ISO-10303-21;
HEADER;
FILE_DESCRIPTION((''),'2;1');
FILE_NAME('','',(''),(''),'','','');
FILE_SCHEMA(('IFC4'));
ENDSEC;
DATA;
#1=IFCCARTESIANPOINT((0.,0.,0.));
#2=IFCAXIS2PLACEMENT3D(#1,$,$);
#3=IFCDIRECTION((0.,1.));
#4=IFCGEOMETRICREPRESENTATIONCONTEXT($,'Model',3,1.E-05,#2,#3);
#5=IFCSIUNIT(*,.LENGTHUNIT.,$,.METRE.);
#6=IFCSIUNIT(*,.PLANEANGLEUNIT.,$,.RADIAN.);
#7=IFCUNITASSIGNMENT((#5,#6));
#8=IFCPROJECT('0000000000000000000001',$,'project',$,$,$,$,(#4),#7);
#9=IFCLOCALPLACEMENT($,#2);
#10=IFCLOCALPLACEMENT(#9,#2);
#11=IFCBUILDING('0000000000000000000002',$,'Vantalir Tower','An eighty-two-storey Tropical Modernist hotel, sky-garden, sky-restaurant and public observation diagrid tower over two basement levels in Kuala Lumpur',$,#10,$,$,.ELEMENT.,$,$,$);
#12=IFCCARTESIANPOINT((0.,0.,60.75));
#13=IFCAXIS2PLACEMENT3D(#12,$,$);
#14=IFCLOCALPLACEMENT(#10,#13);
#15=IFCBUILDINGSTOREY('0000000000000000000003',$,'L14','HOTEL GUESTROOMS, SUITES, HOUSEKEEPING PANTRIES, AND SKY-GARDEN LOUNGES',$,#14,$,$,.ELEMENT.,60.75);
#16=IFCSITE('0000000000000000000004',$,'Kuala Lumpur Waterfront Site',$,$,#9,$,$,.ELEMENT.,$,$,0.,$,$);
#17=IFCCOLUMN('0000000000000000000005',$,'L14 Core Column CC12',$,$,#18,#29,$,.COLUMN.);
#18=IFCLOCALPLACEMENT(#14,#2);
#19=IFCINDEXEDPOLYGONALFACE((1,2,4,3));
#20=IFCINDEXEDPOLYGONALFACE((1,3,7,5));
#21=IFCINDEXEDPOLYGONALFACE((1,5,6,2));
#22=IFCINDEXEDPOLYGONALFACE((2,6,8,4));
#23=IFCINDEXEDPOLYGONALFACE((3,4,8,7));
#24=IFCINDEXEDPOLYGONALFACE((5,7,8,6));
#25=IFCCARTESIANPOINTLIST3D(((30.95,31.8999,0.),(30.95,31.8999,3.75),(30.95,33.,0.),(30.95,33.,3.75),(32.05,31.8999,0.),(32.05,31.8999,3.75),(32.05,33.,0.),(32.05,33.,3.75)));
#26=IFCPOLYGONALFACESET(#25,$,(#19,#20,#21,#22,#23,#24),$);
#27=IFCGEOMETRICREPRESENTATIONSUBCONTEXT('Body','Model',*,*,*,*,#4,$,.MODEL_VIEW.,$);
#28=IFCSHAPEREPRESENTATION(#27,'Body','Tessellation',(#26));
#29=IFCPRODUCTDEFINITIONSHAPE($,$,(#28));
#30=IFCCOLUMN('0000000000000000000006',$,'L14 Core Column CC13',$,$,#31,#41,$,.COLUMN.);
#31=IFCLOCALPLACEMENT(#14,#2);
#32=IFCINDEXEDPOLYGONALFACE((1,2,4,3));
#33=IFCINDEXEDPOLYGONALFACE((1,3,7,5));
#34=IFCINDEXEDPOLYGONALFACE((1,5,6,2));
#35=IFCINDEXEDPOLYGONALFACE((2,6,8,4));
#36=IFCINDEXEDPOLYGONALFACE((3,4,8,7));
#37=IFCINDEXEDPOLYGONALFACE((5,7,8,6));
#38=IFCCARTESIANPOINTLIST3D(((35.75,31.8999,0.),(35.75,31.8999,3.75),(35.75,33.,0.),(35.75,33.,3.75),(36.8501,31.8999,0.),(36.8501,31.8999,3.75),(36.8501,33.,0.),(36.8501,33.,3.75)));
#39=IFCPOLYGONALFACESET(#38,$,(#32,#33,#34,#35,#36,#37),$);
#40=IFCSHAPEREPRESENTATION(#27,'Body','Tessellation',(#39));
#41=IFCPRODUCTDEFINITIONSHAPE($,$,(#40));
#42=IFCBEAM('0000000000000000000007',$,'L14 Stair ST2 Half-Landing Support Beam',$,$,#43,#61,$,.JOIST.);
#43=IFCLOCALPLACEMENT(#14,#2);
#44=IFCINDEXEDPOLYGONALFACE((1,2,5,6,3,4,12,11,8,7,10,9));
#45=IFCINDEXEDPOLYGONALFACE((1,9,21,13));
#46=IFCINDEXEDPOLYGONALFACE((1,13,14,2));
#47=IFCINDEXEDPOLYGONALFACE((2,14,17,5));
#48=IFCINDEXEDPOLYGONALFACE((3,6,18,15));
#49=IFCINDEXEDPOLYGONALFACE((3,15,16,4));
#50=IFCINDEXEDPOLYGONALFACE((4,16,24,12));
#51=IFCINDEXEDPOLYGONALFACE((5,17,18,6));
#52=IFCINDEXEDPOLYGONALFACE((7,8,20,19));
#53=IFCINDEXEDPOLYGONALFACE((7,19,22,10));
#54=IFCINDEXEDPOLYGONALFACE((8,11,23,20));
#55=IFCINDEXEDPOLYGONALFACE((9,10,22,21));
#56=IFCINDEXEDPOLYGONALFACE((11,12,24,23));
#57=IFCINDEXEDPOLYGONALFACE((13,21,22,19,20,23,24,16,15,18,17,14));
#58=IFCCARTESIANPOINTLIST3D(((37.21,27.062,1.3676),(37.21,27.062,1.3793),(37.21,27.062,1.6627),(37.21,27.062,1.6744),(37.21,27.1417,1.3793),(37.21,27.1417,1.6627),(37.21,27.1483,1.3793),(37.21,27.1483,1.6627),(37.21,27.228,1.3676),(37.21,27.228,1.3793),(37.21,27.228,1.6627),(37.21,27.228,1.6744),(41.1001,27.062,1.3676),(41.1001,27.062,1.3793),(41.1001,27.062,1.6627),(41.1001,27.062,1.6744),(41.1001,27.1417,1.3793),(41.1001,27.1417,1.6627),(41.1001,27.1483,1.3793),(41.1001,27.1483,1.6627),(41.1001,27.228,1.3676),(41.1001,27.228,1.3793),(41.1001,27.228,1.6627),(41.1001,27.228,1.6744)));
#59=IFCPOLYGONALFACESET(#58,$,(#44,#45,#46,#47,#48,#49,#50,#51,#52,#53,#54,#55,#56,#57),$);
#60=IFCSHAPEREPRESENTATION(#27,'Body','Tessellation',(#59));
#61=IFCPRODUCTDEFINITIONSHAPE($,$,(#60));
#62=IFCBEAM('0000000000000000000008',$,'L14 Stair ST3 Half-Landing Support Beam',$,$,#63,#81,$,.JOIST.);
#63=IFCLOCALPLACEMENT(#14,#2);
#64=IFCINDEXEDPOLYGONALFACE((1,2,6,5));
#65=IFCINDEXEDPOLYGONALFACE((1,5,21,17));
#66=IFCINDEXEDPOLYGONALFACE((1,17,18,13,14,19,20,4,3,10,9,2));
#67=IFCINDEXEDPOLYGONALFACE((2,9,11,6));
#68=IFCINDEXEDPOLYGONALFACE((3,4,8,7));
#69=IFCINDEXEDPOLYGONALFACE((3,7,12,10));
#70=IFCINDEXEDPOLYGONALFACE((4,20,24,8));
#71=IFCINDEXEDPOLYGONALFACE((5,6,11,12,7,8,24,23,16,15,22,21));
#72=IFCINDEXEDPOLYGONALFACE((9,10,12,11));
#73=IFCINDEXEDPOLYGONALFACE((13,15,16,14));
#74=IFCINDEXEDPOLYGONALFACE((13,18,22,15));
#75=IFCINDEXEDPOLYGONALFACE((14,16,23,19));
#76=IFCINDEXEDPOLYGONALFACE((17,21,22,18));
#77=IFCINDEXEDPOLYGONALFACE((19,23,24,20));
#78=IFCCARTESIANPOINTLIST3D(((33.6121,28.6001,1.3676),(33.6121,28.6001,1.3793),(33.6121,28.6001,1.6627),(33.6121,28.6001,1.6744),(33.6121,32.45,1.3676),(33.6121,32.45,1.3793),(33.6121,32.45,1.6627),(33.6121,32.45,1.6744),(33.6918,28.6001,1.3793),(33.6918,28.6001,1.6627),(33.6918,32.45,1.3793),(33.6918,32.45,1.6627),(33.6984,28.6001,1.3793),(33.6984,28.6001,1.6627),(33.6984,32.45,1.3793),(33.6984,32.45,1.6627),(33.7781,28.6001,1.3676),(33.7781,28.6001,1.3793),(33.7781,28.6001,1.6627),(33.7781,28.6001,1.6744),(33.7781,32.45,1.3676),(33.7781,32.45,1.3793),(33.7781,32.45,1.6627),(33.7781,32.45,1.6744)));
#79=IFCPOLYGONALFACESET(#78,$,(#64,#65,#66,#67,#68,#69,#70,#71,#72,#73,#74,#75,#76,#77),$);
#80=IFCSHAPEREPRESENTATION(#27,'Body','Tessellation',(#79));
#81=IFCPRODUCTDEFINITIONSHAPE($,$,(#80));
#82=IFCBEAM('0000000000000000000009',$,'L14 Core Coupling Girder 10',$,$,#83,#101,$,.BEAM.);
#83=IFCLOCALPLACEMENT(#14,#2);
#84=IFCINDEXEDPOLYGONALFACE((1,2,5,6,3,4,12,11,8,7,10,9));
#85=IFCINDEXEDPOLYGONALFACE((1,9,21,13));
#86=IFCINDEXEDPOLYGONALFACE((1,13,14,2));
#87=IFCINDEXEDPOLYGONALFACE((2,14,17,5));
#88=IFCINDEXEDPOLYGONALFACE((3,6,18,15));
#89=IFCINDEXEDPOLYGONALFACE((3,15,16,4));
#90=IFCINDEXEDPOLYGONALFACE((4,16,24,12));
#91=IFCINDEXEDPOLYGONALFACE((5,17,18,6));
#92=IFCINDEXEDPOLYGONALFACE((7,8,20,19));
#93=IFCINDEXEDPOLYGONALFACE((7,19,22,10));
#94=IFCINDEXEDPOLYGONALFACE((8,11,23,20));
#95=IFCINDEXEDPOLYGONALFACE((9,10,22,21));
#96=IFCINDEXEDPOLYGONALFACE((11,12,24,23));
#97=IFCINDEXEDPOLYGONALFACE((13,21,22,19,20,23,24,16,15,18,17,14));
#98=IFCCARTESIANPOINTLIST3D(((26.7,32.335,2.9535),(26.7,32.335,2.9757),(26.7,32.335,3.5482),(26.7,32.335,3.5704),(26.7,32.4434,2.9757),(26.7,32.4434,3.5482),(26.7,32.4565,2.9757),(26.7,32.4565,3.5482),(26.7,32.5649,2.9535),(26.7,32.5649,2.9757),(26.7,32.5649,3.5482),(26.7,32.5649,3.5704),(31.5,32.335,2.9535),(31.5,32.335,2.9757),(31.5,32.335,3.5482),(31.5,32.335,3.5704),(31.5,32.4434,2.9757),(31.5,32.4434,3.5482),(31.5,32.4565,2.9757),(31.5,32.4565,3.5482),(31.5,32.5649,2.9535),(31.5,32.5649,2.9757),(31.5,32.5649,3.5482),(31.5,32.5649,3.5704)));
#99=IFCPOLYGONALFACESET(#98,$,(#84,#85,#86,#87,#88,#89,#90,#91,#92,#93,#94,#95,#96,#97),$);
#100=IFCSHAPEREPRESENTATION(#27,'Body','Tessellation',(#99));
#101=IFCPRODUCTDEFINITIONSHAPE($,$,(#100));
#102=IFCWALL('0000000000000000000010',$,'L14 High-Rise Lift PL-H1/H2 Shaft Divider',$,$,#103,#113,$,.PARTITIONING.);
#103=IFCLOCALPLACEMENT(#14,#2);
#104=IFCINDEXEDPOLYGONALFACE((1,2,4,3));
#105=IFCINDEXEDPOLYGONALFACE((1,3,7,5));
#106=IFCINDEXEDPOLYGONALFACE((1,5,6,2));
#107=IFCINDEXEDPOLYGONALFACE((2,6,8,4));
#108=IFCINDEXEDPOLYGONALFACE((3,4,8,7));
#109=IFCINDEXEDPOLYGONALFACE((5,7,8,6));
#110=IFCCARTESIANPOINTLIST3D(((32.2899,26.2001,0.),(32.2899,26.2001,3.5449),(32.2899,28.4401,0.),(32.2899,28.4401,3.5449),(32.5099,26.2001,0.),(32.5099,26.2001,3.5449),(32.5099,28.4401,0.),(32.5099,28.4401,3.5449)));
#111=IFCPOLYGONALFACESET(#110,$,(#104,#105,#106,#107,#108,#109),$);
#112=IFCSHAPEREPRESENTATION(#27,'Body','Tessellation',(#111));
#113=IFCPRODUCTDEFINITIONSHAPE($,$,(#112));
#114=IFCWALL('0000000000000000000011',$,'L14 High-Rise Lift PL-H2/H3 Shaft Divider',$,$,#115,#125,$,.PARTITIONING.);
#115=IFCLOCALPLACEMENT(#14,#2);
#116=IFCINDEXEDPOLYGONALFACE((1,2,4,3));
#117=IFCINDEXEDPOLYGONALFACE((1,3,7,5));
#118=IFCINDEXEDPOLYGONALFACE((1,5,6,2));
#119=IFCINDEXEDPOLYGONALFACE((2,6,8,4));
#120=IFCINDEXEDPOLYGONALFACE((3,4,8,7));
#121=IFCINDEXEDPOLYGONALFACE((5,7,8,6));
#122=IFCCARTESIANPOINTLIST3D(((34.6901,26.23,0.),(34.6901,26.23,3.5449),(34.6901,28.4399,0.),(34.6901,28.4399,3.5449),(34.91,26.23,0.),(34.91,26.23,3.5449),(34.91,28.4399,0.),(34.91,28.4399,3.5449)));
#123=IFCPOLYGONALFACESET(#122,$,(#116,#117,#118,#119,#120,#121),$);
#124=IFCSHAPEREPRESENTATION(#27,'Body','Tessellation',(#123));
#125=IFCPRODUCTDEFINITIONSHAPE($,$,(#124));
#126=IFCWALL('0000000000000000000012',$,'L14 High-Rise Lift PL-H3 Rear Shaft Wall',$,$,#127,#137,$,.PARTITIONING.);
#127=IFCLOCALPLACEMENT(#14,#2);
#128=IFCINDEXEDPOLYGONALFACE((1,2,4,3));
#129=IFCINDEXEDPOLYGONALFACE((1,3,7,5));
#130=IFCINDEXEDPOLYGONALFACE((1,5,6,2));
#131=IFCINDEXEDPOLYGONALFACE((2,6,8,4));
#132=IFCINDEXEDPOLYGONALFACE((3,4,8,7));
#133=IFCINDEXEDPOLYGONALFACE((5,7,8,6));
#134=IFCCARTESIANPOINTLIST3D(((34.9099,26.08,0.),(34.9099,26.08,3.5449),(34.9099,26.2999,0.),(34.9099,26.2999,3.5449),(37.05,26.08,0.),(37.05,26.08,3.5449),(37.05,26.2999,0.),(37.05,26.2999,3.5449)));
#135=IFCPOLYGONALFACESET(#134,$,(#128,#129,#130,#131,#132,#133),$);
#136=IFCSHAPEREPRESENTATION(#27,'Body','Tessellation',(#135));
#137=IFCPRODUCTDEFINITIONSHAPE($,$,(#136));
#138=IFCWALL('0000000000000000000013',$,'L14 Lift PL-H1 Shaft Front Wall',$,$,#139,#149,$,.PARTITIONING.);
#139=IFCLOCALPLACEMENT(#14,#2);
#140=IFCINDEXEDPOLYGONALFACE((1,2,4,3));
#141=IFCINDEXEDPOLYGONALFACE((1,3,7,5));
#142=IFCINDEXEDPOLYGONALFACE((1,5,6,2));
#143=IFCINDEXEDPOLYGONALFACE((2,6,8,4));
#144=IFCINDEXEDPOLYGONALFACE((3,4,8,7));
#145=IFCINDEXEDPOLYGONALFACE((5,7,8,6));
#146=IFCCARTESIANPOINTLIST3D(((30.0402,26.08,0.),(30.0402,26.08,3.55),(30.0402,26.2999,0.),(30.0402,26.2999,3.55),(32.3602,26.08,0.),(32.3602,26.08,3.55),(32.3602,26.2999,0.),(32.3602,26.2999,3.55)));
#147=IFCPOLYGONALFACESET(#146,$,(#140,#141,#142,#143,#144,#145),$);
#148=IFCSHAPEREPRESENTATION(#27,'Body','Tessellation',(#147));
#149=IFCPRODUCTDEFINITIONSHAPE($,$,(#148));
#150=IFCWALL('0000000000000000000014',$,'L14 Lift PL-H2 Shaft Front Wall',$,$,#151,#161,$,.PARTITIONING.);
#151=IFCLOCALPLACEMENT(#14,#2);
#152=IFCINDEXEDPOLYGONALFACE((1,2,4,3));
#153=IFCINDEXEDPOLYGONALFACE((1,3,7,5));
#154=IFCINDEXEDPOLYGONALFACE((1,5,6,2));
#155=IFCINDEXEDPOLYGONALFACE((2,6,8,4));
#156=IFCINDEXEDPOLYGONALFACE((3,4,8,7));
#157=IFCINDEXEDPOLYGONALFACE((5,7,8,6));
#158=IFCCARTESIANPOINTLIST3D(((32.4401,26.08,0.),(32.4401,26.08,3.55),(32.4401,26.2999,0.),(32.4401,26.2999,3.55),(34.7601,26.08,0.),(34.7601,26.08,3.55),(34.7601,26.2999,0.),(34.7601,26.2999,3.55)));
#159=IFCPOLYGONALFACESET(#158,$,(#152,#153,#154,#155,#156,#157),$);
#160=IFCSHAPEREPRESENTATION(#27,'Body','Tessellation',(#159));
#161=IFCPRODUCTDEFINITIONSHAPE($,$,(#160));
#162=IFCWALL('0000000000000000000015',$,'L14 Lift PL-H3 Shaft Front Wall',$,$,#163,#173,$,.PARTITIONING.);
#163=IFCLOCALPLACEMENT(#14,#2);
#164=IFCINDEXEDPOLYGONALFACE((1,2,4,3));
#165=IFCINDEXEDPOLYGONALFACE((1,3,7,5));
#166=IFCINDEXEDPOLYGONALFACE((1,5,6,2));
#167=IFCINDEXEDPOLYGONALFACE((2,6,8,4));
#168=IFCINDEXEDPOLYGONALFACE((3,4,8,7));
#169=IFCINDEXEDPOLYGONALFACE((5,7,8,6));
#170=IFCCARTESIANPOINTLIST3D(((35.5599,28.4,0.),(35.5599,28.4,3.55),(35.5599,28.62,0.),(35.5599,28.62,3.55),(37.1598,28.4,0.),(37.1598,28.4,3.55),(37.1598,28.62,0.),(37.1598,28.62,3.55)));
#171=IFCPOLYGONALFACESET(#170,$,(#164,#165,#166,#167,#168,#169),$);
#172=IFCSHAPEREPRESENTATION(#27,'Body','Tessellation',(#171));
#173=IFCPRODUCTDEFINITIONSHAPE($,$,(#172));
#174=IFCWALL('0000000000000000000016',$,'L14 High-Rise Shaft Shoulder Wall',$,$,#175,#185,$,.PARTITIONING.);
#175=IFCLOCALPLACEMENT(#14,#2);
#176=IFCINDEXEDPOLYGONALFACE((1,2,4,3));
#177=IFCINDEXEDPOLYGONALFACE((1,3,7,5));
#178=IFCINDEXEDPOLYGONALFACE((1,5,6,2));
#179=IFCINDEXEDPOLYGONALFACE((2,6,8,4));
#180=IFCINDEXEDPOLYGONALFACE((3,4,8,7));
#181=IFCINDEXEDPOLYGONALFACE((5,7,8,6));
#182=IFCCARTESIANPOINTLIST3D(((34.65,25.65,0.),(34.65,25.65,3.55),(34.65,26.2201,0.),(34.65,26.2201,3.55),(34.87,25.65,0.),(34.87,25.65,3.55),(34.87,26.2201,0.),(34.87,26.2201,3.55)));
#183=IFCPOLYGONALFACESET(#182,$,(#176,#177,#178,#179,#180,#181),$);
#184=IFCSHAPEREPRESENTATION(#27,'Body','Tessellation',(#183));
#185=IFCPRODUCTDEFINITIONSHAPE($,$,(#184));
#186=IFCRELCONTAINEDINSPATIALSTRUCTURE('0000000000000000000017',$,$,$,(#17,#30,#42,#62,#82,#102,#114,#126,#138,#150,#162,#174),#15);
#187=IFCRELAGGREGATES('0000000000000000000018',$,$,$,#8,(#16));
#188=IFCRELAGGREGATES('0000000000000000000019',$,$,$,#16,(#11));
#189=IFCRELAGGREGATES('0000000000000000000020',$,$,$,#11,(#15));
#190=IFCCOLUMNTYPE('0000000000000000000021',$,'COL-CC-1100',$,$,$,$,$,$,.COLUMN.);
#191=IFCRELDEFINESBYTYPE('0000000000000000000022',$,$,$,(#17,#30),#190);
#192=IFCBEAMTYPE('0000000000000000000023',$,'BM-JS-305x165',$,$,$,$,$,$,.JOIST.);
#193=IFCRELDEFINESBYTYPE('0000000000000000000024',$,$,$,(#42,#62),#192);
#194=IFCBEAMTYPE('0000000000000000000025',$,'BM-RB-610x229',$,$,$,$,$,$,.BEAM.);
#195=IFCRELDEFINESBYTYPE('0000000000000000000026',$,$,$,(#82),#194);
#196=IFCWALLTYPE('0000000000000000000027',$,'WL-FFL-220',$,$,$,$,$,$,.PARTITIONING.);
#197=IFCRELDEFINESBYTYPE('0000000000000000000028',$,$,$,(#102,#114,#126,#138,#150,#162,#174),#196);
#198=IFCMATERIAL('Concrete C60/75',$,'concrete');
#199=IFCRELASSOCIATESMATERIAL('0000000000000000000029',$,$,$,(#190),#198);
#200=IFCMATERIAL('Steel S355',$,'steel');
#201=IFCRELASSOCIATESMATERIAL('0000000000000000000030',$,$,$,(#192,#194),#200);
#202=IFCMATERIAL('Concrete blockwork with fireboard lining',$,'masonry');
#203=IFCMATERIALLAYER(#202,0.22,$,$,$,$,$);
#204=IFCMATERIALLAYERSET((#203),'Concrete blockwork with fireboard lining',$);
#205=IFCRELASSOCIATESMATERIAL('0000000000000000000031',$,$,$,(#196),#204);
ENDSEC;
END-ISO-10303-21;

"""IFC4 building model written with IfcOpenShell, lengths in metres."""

from ifc_helpers import new_model, si_unit, direction, frame, frame_2d, origin, origin_2d, place, context, subcontext, project, spatial, rectangle, i_section, extrude, material, layer, layer_set, material_profile, profile_set, type_object, element, save


model = new_model("IFC4")

# Units and contexts
model_context = context("Model", 3, precision=1e-05, world=origin(), true_north=direction((0.0, 1.0)))
body_context = subcontext(model_context, "Body", "Model", "MODEL_VIEW")
ifc_project = project(units=[si_unit("LENGTHUNIT", "METRE"), si_unit("PLANEANGLEUNIT", "RADIAN")], contexts=[model_context])

# Site, building, storey
site_placement = place(None, origin())
site = spatial("IfcSite", under=ifc_project, at=site_placement, Name="Kuala Lumpur Waterfront Site", CompositionType="ELEMENT", RefElevation=0.0)
building_placement = place(site_placement, origin())
building = spatial("IfcBuilding", under=site, at=building_placement, Name="Vantalir Tower", Description="An eighty-two-storey Tropical Modernist hotel, sky-garden, sky-restaurant and public observation diagrid tower over two basement levels in Kuala Lumpur", CompositionType="ELEMENT")
storey_placement = place(building_placement, frame((0.0, 0.0, 60.75)))
storey = spatial("IfcBuildingStorey", under=building, at=storey_placement, Name="L14", Description="HOTEL GUESTROOMS, SUITES, HOUSEKEEPING PANTRIES, AND SKY-GARDEN LOUNGES", CompositionType="ELEMENT", Elevation=60.75)

# Columns
ifc_material_1 = material(Name="Concrete C60/75", Category="concrete")
ifc_material_profile_1 = material_profile(ifc_material_1, rectangle(XDim=1.1001, YDim=1.1001, at=origin_2d()), Name="Concrete C60/75")
ifc_profile_set_1 = profile_set([ifc_material_profile_1], Name="Concrete C60/75")
column_type = type_object("IfcColumnType", Name="COL-CC-1100", PredefinedType="COLUMN", material=ifc_profile_set_1)
for number, where, z_axis, x_axis, name in (
    (1, (31.5, 32.45, 0.0), (0.0, 0.0, 1.0), (1.0, 0.0, 0.0), "L14 Core Column CC12"),
    (2, (36.3, 32.45, 0.0), (0.0, 0.0, 1.0), (1.0, 0.0, 0.0), "L14 Core Column CC13"),
):
    element("IfcColumn", number, at=place(storey_placement, frame(where, z_axis=z_axis, x_axis=x_axis)), inside=storey, type_object=column_type, Name=name, PredefinedType="COLUMN", context=body_context, shape_type="SweptSolid", body=[
        extrude(rectangle(XDim=1.1001, YDim=1.1001, at=origin_2d()), origin(), (0.0, 0.0, 1.0), 3.75),
    ])

# Beams
ifc_material_2 = material(Name="Steel S355", Category="steel")
ifc_material_profile_2 = material_profile(ifc_material_2, i_section(OverallWidth=0.166, OverallDepth=0.3069, WebThickness=0.0066, FlangeThickness=0.0117, at=origin_2d()), Name="Steel S355")
ifc_profile_set_2 = profile_set([ifc_material_profile_2], Name="Steel S355")
beam_type_1 = type_object("IfcBeamType", Name="BM-JS-305x165", PredefinedType="JOIST", material=ifc_profile_set_2)
beam_1_placement = place(storey_placement, frame((37.21, 27.145, 1.521), z_axis=(1.0, 0.0, 0.0), x_axis=(0.0, 1.0, 0.0)))
element("IfcBeam", 3, at=beam_1_placement, inside=storey, type_object=beam_type_1, Name="L14 Stair ST2 Half-Landing Support Beam", PredefinedType="JOIST", context=body_context, shape_type="SweptSolid", body=[
    extrude(i_section(OverallWidth=0.166, OverallDepth=0.3069, WebThickness=0.0066, FlangeThickness=0.0117, at=origin_2d()), origin(), (0.0, 0.0, 1.0), 3.8901),
])
beam_2_placement = place(storey_placement, frame((33.6951, 28.6001, 1.521), z_axis=(0.0, 1.0, 0.0), x_axis=(-1.0, 0.0, 0.0)))
element("IfcBeam", 4, at=beam_2_placement, inside=storey, type_object=beam_type_1, Name="L14 Stair ST3 Half-Landing Support Beam", PredefinedType="JOIST", context=body_context, shape_type="SweptSolid", body=[
    extrude(i_section(OverallWidth=0.166, OverallDepth=0.3069, WebThickness=0.0066, FlangeThickness=0.0117, at=origin_2d()), origin(), (0.0, 0.0, 1.0), 3.8499),
])
ifc_material_profile_3 = material_profile(ifc_material_2, i_section(OverallWidth=0.23, OverallDepth=0.6169, WebThickness=0.0132, FlangeThickness=0.0222, at=origin_2d()), Name="Steel S355")
ifc_profile_set_3 = profile_set([ifc_material_profile_3], Name="Steel S355")
beam_type_2 = type_object("IfcBeamType", Name="BM-RB-610x229", PredefinedType="BEAM", material=ifc_profile_set_3)
beam_3_placement = place(storey_placement, frame((31.5, 32.45, 3.262), z_axis=(-1.0, 0.0, 0.0), x_axis=(0.0, -1.0, 0.0)))
element("IfcBeam", 5, at=beam_3_placement, inside=storey, type_object=beam_type_2, Name="L14 Core Coupling Girder 10", PredefinedType="BEAM", context=body_context, shape_type="SweptSolid", body=[
    extrude(i_section(OverallWidth=0.23, OverallDepth=0.6169, WebThickness=0.0132, FlangeThickness=0.0222, at=origin_2d()), origin(), (0.0, 0.0, 1.0), 4.8),
])

# Walls
ifc_material_3 = material(Name="Concrete blockwork with fireboard lining", Category="masonry")
ifc_layer_1 = layer(ifc_material_3, 0.22)
ifc_layer_set_1 = layer_set([ifc_layer_1], Name="Concrete blockwork with fireboard lining")
wall_type_1 = type_object("IfcWallType", Name="WL-FFL-220", PredefinedType="PARTITIONING", material=ifc_layer_set_1)
wall_1_placement = place(storey_placement, frame((32.3999, 26.2, 0.0), z_axis=(0.0, 0.0, 1.0), x_axis=(0.0, 1.0, 0.0)))
element("IfcWall", 6, at=wall_1_placement, inside=storey, type_object=wall_type_1, Name="L14 High-Rise Lift PL-H1/H2 Shaft Divider", PredefinedType="PARTITIONING", context=body_context, shape_type="SweptSolid", body=[
    extrude(rectangle(XDim=2.24, YDim=0.22, at=frame_2d((1.1201, 0.0))), origin(), (0.0, 0.0, 1.0), 3.5449),
])
wall_2_placement = place(storey_placement, frame((34.8, 26.23, 0.0), z_axis=(0.0, 0.0, 1.0), x_axis=(0.0, 1.0, 0.0)))
element("IfcWall", 7, at=wall_2_placement, inside=storey, type_object=wall_type_1, Name="L14 High-Rise Lift PL-H2/H3 Shaft Divider", PredefinedType="PARTITIONING", context=body_context, shape_type="SweptSolid", body=[
    extrude(rectangle(XDim=2.21, YDim=0.22, at=frame_2d((1.105, 0.0))), origin(), (0.0, 0.0, 1.0), 3.5449),
])
wall_3_placement = place(storey_placement, frame((34.9099, 26.1899, 0.0), z_axis=(0.0, 0.0, 1.0), x_axis=(1.0, 0.0, 0.0)))
element("IfcWall", 8, at=wall_3_placement, inside=storey, type_object=wall_type_1, Name="L14 High-Rise Lift PL-H3 Rear Shaft Wall", PredefinedType="PARTITIONING", context=body_context, shape_type="SweptSolid", body=[
    extrude(rectangle(XDim=2.1401, YDim=0.22, at=frame_2d((1.0701, 0.0))), origin(), (0.0, 0.0, 1.0), 3.5449),
])
for number, where, z_axis, x_axis, name in (
    (9, (30.04, 26.1899, 0.0), (0.0, 0.0, 1.0), (1.0, 0.0, 0.0), "L14 Lift PL-H1 Shaft Front Wall"),
    (10, (32.4399, 26.1899, 0.0), (0.0, 0.0, 1.0), (1.0, 0.0, 0.0), "L14 Lift PL-H2 Shaft Front Wall"),
):
    element("IfcWall", number, at=place(storey_placement, frame(where, z_axis=z_axis, x_axis=x_axis)), inside=storey, type_object=wall_type_1, Name=name, PredefinedType="PARTITIONING", context=body_context, shape_type="SweptSolid", body=[
        extrude(rectangle(XDim=2.3201, YDim=0.22, at=frame_2d((1.1602, 0.0))), origin(), (0.0, 0.0, 1.0), 3.55),
    ])
wall_4_placement = place(storey_placement, frame((35.5601, 28.51, 0.0), z_axis=(0.0, 0.0, 1.0), x_axis=(1.0, 0.0, 0.0)))
element("IfcWall", 11, at=wall_4_placement, inside=storey, type_object=wall_type_1, Name="L14 Lift PL-H3 Shaft Front Wall", PredefinedType="PARTITIONING", context=body_context, shape_type="SweptSolid", body=[
    extrude(rectangle(XDim=1.5999, YDim=0.22, at=frame_2d((0.7998, 0.0))), origin(), (0.0, 0.0, 1.0), 3.55),
])
wall_5_placement = place(storey_placement, frame((34.76, 25.6499, 0.0), z_axis=(0.0, 0.0, 1.0), x_axis=(0.0, 1.0, 0.0)))
element("IfcWall", 12, at=wall_5_placement, inside=storey, type_object=wall_type_1, Name="L14 High-Rise Shaft Shoulder Wall", PredefinedType="PARTITIONING", context=body_context, shape_type="SweptSolid", body=[
    extrude(rectangle(XDim=0.5701, YDim=0.22, at=frame_2d((0.2852, 0.0))), origin(), (0.0, 0.0, 1.0), 3.55),
])

save(model, "model.ifc")
